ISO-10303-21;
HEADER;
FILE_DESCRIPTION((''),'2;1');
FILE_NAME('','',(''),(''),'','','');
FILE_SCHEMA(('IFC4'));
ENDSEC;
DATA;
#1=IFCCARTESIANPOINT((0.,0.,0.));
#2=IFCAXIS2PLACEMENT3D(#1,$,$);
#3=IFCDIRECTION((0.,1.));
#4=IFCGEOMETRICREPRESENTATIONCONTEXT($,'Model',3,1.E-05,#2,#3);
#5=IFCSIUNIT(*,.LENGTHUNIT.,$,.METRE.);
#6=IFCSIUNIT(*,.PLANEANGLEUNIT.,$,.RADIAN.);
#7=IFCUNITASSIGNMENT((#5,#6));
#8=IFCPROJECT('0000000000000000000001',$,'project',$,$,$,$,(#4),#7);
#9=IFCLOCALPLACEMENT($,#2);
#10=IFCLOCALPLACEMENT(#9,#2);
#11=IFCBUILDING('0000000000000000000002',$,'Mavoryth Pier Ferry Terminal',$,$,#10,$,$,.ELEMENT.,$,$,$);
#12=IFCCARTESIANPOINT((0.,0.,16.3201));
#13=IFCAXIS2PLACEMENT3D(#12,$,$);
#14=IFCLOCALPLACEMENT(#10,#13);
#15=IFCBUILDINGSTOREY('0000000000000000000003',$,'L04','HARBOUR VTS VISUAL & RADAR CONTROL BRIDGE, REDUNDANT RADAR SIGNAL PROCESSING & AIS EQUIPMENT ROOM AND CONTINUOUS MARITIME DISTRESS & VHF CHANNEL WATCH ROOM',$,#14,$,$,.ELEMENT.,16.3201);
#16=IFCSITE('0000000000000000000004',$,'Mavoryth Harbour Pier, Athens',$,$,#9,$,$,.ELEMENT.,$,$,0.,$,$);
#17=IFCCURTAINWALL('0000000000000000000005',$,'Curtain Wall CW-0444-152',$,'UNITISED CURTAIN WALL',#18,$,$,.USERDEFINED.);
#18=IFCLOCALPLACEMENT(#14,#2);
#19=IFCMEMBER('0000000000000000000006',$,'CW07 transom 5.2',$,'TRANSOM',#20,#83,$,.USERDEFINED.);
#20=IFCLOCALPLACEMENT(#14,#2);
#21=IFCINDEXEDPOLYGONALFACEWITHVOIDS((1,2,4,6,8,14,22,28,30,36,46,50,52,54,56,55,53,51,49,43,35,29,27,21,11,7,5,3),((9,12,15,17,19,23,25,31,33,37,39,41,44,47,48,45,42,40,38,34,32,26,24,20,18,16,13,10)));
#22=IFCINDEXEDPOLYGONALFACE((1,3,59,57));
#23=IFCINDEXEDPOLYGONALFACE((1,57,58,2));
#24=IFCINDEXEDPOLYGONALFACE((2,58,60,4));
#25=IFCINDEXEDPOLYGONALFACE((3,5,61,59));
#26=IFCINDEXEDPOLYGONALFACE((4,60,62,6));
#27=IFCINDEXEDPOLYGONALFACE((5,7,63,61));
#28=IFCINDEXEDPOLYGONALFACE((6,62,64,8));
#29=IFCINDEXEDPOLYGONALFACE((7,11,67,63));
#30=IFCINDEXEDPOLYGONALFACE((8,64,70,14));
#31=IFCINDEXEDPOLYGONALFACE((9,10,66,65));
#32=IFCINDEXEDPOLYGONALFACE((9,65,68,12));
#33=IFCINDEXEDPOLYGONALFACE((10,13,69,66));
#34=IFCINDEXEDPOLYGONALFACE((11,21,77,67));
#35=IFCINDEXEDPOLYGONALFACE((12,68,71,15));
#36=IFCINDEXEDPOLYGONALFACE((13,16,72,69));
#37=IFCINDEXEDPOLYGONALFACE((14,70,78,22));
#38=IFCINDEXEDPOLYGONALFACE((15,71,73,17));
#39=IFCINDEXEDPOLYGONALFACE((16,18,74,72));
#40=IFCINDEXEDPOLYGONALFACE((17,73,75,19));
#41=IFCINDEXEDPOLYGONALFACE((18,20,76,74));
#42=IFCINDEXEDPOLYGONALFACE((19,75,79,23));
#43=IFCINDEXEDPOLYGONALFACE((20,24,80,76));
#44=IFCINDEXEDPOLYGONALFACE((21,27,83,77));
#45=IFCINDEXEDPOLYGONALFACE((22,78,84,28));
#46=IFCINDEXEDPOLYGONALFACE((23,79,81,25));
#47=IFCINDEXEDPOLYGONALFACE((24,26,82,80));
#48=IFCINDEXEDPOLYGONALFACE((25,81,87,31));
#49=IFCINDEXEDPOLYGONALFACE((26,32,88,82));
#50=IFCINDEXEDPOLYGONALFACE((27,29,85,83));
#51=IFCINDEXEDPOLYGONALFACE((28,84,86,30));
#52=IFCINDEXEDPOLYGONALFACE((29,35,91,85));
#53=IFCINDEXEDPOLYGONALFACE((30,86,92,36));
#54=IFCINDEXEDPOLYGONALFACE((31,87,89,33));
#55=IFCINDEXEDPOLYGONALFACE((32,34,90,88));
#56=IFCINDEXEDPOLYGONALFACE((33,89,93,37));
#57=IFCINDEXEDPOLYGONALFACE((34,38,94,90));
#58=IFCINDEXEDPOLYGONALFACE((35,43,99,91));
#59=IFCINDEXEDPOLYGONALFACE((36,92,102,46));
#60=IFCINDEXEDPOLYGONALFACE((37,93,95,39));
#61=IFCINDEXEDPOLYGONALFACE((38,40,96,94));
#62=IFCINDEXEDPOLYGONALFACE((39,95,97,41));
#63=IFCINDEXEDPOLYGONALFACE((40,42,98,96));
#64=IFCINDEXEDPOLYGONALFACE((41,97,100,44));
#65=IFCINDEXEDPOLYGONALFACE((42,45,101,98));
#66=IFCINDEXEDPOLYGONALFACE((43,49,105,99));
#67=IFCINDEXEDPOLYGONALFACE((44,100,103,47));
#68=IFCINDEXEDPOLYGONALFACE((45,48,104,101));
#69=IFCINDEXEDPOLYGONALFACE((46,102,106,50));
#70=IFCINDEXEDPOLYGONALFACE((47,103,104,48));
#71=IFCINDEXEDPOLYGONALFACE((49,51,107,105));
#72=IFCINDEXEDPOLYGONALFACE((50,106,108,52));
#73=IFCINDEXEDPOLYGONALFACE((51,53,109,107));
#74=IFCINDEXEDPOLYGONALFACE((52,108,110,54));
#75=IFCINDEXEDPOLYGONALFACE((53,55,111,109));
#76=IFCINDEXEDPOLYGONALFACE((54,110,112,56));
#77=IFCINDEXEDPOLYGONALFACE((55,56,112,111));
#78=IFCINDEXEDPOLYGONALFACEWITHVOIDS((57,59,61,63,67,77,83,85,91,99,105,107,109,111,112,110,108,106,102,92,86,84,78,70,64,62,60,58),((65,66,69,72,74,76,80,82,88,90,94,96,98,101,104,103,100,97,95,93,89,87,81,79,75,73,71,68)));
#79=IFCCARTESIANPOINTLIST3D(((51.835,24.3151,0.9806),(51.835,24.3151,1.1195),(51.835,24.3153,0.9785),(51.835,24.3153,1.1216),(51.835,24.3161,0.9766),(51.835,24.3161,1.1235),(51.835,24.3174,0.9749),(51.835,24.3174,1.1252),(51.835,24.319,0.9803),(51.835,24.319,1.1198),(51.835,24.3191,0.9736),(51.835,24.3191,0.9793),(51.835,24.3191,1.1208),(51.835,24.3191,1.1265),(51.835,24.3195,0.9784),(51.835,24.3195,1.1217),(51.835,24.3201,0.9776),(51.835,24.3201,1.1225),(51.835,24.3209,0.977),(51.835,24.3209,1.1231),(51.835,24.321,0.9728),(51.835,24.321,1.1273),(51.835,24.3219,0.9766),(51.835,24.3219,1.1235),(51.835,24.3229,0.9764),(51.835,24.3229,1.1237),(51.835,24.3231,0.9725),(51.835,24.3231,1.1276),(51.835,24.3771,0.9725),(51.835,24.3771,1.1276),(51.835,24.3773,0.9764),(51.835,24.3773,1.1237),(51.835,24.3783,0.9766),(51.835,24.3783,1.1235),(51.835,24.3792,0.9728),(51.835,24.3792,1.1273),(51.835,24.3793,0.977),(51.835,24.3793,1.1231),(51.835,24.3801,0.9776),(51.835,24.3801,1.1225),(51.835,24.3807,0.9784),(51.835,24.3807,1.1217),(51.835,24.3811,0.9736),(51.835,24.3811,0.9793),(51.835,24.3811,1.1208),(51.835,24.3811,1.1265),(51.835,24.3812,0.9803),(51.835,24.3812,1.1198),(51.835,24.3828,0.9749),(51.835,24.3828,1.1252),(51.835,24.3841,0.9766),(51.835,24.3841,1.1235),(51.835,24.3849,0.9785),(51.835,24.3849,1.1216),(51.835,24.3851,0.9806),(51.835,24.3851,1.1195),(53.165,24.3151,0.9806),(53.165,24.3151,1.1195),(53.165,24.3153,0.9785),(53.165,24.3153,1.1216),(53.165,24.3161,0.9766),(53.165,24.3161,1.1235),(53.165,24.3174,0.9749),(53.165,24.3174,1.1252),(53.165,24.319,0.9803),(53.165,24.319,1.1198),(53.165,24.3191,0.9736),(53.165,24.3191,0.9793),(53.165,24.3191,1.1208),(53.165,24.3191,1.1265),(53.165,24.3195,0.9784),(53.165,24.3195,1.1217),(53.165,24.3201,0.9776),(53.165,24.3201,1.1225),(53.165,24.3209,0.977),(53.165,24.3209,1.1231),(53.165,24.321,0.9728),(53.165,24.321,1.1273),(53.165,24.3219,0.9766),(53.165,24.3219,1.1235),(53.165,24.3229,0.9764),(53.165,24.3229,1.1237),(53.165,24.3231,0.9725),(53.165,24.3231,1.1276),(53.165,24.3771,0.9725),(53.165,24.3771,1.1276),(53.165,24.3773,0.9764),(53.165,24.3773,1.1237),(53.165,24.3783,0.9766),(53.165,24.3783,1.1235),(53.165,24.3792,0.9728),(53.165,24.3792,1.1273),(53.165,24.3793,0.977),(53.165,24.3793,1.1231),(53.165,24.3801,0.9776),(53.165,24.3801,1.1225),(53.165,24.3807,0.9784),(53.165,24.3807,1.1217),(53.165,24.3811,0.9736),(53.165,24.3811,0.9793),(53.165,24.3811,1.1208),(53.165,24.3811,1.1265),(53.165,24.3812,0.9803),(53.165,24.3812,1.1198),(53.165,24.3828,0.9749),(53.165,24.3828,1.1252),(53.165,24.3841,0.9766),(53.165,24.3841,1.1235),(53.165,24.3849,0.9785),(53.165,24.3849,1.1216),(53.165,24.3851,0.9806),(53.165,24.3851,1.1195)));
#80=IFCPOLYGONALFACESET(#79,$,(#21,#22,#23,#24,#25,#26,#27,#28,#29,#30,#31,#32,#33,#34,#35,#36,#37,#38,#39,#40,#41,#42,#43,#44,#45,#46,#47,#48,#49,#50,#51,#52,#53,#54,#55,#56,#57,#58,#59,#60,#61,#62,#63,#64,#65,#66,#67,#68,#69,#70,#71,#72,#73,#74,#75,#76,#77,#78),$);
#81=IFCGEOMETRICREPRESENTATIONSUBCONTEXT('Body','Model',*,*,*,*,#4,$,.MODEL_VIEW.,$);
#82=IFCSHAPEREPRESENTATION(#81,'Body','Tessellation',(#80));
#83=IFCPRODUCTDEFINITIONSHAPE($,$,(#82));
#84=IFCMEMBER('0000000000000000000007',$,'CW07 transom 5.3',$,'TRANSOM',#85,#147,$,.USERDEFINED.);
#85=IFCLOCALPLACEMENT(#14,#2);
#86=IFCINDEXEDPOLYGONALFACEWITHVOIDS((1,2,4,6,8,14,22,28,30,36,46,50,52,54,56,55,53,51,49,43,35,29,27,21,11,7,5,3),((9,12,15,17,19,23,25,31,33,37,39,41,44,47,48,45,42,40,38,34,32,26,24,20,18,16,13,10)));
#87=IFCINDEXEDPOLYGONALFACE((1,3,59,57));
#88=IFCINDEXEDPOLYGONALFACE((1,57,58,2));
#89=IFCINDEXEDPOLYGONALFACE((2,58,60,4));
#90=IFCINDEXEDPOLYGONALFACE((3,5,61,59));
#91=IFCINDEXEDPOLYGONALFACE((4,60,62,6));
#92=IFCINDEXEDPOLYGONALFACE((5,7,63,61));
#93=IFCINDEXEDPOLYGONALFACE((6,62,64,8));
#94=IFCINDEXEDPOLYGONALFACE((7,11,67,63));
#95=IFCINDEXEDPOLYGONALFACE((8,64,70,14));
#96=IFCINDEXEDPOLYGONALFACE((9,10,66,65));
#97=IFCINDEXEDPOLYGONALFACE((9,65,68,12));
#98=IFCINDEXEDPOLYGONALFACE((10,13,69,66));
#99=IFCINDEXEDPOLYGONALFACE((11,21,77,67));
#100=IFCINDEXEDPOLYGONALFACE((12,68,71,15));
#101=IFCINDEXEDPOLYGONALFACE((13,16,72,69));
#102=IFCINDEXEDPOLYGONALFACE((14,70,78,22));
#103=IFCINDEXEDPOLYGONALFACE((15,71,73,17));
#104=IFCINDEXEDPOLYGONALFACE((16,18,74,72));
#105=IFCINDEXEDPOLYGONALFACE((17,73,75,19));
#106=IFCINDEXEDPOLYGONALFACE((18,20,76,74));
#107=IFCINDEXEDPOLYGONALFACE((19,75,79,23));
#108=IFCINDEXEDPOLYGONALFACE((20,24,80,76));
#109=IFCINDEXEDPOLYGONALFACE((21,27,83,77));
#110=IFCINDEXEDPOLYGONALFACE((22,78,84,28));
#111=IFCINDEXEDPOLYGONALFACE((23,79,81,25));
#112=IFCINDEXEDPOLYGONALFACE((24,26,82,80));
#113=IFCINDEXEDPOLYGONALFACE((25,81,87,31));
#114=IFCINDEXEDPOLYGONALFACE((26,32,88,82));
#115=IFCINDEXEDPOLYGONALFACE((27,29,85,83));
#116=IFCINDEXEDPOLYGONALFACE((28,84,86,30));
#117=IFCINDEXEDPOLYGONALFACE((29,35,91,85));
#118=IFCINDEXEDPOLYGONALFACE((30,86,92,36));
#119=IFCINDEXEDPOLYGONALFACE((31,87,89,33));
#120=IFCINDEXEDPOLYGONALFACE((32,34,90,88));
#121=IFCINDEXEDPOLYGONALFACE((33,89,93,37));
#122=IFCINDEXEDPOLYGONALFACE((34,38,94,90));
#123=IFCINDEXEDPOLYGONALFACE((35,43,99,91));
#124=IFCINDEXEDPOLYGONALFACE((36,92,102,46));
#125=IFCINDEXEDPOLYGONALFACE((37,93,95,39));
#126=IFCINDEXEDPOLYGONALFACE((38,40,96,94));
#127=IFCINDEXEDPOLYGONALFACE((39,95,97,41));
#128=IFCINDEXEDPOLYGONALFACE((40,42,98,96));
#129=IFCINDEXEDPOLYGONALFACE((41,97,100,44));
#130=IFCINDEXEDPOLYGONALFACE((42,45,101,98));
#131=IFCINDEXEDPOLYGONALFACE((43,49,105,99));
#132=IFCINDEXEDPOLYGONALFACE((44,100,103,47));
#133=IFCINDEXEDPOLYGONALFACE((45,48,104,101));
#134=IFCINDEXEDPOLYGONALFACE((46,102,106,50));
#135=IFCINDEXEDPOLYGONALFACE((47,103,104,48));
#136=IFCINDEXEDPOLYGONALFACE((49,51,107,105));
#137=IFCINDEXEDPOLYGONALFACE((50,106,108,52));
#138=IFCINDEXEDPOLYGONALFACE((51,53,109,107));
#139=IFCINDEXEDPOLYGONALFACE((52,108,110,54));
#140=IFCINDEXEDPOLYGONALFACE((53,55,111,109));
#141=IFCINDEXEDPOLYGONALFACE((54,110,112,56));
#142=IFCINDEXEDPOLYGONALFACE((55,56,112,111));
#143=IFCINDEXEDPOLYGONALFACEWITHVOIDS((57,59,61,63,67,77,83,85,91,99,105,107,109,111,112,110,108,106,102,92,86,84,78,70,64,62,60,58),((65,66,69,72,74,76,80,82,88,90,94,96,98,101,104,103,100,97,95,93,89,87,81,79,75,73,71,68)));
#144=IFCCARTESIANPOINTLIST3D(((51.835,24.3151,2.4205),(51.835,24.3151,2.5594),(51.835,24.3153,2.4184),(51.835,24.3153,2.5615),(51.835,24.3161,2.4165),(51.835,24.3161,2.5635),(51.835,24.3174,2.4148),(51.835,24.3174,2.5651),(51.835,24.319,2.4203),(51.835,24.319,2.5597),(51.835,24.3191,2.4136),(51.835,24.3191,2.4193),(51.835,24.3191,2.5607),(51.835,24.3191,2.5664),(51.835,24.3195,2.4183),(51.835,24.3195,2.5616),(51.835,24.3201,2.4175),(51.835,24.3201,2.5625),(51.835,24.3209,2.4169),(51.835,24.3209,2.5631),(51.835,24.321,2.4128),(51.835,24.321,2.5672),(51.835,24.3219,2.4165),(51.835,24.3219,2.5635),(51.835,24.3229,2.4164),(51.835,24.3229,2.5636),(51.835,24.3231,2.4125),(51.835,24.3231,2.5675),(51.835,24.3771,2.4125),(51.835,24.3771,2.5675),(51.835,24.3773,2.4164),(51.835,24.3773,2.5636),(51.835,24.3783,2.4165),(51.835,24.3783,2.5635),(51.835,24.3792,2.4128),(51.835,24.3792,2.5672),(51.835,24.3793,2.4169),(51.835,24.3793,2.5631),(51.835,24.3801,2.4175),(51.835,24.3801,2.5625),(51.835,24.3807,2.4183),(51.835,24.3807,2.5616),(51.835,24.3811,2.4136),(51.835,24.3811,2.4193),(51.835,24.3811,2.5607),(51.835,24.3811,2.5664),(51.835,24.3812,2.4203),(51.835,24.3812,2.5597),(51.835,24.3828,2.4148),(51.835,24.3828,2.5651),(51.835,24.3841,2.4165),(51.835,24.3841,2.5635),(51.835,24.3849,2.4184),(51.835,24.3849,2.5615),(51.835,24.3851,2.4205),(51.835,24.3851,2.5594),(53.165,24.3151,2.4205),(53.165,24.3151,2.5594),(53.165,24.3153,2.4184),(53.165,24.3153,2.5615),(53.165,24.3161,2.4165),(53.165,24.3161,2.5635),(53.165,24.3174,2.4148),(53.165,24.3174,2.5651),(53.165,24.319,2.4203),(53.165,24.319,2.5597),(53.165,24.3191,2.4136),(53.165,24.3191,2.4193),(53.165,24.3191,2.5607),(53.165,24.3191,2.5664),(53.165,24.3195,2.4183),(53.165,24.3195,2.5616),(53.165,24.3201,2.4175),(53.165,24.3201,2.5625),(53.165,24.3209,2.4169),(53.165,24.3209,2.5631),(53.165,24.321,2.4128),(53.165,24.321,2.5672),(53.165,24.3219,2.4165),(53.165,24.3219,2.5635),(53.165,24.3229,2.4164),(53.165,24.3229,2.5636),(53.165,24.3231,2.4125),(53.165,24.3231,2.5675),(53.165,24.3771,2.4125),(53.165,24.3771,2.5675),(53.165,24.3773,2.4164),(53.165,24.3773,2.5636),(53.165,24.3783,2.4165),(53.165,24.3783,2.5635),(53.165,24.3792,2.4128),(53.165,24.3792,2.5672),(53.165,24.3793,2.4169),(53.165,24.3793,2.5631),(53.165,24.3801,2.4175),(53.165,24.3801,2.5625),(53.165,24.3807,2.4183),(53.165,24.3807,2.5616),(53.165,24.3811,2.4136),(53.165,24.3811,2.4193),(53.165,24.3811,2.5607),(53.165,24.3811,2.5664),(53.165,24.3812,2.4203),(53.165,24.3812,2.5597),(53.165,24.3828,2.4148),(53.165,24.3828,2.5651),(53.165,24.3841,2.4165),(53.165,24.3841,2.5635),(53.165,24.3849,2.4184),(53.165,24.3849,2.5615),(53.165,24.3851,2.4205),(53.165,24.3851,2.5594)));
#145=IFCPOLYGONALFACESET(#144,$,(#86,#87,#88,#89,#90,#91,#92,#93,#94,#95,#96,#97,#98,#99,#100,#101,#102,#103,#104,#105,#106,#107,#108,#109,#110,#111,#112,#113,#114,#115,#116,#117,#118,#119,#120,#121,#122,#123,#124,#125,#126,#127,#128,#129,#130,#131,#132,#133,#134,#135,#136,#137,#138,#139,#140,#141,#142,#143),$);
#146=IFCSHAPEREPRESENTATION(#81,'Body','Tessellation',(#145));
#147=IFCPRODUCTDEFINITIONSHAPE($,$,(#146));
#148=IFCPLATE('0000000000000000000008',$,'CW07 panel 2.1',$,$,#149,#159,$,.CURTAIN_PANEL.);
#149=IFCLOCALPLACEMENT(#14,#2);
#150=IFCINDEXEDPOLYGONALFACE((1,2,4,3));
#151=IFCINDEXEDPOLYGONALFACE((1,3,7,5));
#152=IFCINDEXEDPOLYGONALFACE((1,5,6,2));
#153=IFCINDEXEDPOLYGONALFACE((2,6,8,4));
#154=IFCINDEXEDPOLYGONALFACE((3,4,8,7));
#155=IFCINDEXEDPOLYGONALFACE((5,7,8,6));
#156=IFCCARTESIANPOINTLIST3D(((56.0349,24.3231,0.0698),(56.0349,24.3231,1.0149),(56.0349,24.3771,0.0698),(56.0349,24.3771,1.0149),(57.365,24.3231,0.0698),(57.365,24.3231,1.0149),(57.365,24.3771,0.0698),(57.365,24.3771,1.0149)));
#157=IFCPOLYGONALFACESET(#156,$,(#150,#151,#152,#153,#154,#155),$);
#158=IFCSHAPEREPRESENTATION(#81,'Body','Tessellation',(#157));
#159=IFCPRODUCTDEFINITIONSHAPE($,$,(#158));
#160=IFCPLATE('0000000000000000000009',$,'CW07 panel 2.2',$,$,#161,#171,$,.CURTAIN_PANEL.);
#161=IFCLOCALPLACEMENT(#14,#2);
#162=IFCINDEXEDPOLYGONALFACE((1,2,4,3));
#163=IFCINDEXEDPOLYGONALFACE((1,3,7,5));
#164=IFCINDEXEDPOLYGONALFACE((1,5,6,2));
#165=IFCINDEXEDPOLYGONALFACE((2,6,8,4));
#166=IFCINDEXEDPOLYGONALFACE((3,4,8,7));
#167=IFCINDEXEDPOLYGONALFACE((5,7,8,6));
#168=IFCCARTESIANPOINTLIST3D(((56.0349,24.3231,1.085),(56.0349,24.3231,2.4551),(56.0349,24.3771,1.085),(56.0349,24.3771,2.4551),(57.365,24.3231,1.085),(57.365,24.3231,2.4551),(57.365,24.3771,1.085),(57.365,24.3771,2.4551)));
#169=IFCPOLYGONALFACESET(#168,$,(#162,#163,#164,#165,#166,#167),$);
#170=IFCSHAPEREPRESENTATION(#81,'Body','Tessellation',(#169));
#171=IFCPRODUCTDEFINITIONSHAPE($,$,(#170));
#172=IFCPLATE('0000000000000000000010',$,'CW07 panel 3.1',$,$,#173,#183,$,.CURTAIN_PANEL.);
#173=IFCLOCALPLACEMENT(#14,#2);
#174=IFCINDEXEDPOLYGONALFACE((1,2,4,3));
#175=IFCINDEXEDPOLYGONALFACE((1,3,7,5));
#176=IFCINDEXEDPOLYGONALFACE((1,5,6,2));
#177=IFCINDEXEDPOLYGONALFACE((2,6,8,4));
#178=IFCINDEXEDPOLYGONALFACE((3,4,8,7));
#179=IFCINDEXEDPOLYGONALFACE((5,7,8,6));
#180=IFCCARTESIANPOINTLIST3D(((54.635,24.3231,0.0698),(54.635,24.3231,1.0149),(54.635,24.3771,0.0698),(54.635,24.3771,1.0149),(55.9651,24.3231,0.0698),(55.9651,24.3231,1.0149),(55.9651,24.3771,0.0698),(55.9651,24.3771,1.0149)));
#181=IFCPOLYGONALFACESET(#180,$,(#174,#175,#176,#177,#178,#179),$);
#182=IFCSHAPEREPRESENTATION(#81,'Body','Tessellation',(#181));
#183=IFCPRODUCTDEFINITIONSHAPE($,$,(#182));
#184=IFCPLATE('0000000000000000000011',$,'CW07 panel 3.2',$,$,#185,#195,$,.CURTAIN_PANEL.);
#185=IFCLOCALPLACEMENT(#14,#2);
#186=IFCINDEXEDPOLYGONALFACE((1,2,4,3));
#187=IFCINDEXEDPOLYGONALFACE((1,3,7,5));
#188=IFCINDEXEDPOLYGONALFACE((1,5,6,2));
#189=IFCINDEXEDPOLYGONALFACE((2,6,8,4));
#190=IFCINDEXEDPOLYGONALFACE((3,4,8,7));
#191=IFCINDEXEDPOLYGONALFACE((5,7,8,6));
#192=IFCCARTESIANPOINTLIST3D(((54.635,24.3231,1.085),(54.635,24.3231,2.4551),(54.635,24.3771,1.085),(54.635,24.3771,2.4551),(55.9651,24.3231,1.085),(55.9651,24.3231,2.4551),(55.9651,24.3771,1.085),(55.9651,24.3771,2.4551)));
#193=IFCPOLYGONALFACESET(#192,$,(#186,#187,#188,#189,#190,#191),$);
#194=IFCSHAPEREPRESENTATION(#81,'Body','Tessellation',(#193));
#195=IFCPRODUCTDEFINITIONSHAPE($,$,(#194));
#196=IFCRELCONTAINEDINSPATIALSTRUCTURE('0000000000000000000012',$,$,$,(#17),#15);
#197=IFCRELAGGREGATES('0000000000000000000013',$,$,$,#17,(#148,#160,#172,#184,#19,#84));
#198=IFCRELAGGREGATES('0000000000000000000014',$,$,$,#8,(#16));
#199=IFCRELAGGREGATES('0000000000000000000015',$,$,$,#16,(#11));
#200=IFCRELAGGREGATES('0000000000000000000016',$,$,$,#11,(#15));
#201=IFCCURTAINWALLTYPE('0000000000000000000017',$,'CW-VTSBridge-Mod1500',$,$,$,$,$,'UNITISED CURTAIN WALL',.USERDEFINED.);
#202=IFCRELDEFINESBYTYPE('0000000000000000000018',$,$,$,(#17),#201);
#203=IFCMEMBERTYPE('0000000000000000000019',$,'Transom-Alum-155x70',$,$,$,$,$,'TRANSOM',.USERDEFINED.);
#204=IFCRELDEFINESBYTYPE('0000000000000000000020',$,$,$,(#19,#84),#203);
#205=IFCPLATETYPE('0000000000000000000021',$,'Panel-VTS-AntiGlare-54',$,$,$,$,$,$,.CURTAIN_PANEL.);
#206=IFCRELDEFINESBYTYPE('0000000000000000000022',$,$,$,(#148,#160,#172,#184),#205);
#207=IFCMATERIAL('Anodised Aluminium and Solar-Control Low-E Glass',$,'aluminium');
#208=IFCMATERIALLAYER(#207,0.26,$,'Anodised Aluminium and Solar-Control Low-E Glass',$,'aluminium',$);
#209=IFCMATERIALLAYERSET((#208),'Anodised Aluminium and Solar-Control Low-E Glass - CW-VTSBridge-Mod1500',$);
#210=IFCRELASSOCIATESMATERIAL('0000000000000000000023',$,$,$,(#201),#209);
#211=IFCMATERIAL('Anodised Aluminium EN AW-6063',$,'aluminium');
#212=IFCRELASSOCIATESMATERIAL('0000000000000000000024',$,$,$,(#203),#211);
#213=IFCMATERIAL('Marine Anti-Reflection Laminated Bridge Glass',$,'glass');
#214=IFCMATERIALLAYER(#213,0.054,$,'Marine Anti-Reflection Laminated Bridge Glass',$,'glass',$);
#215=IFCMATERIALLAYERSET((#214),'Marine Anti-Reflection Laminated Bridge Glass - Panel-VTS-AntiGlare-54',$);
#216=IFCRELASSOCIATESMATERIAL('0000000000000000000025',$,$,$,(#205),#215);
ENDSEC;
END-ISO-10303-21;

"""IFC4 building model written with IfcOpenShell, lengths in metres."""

from ifc_helpers import new_model, si_unit, direction, frame, origin, origin_2d, place, context, subcontext, project, spatial, rectangle, hollow_rectangle, extrude, material, layer, layer_set, material_profile, profile_set, type_object, element, aggregate, save


model = new_model("IFC4")

# Units and contexts
model_context = context("Model", 3, precision=1e-05, world=origin(), true_north=direction((0.0, 1.0)))
body_context = subcontext(model_context, "Body", "Model", "MODEL_VIEW")
ifc_project = project(units=[si_unit("LENGTHUNIT", "METRE"), si_unit("PLANEANGLEUNIT", "RADIAN")], contexts=[model_context])

# Site, building, storey
site_placement = place(None, origin())
site = spatial("IfcSite", under=ifc_project, at=site_placement, Name="Mavoryth Harbour Pier, Athens", CompositionType="ELEMENT", RefElevation=0.0)
building_placement = place(site_placement, origin())
building = spatial("IfcBuilding", under=site, at=building_placement, Name="Mavoryth Pier Ferry Terminal", CompositionType="ELEMENT")
storey_placement = place(building_placement, frame((0.0, 0.0, 16.3201)))
storey = spatial("IfcBuildingStorey", under=building, at=storey_placement, Name="L04", Description="HARBOUR VTS VISUAL & RADAR CONTROL BRIDGE, REDUNDANT RADAR SIGNAL PROCESSING & AIS EQUIPMENT ROOM AND CONTINUOUS MARITIME DISTRESS & VHF CHANNEL WATCH ROOM", CompositionType="ELEMENT", Elevation=16.3201)

# Curtain wall
ifc_material_1 = material(Name="Anodised Aluminium and Solar-Control Low-E Glass", Category="aluminium")
ifc_layer_1 = layer(ifc_material_1, 0.26, Name="Anodised Aluminium and Solar-Control Low-E Glass", Category="aluminium")
ifc_layer_set_1 = layer_set([ifc_layer_1], Name="Anodised Aluminium and Solar-Control Low-E Glass - CW-VTSBridge-Mod1500")
curtain_wall_type = type_object("IfcCurtainWallType", Name="CW-VTSBridge-Mod1500", ElementType="UNITISED CURTAIN WALL", PredefinedType="USERDEFINED", material=ifc_layer_set_1)
curtain_wall_placement = place(storey_placement, origin())
curtain_wall = element("IfcCurtainWall", 1, at=curtain_wall_placement, inside=storey, type_object=curtain_wall_type, Name="Curtain Wall CW-0444-152", ObjectType="UNITISED CURTAIN WALL", PredefinedType="USERDEFINED")
ifc_material_2 = material(Name="Anodised Aluminium EN AW-6063", Category="aluminium")

# Members
ifc_material_profile_1 = material_profile(ifc_material_2, hollow_rectangle(XDim=0.0701, YDim=0.155, WallThickness=0.0039, InnerFilletRadius=0.0039, OuterFilletRadius=0.0081, at=origin_2d()), Name="AL-TRAN 155x70x4", Category="aluminium")
ifc_profile_set_1 = profile_set([ifc_material_profile_1], Name="Anodised Aluminium EN AW-6063 - AL-TRAN 155x70x4")
member_type_1 = type_object("IfcMemberType", Name="Transom-Alum-155x70", ElementType="TRANSOM", PredefinedType="USERDEFINED", material=ifc_profile_set_1)
member_1_placement = place(storey_placement, frame((53.165, 24.3501, 1.05), z_axis=(-1.0, 0.0, 0.0), x_axis=(0.0, -1.0, 0.0)))
member_1 = element("IfcMember", 2, at=member_1_placement, type_object=member_type_1, Name="CW07 transom 5.2", ObjectType="TRANSOM", PredefinedType="USERDEFINED", context=body_context, shape_type="SweptSolid", body=[
    extrude(hollow_rectangle(XDim=0.0701, YDim=0.155, WallThickness=0.0039, InnerFilletRadius=0.0039, OuterFilletRadius=0.0081, at=origin_2d()), origin(), (0.0, 0.0, 1.0), 1.3301),
])
member_2_placement = place(storey_placement, frame((53.165, 24.3501, 2.49), z_axis=(-1.0, 0.0, 0.0), x_axis=(0.0, -1.0, 0.0)))
member_2 = element("IfcMember", 3, at=member_2_placement, type_object=member_type_1, Name="CW07 transom 5.3", ObjectType="TRANSOM", PredefinedType="USERDEFINED", context=body_context, shape_type="SweptSolid", body=[
    extrude(hollow_rectangle(XDim=0.0701, YDim=0.155, WallThickness=0.0039, InnerFilletRadius=0.0039, OuterFilletRadius=0.0081, at=origin_2d()), origin(), (0.0, 0.0, 1.0), 1.3301),
])

# Plates
ifc_material_3 = material(Name="Marine Anti-Reflection Laminated Bridge Glass", Category="glass")
ifc_layer_2 = layer(ifc_material_3, 0.054, Name="Marine Anti-Reflection Laminated Bridge Glass", Category="glass")
ifc_layer_set_2 = layer_set([ifc_layer_2], Name="Marine Anti-Reflection Laminated Bridge Glass - Panel-VTS-AntiGlare-54")
plate_type = type_object("IfcPlateType", Name="Panel-VTS-AntiGlare-54", PredefinedType="CURTAIN_PANEL", material=ifc_layer_set_2)
plate_1_placement = place(storey_placement, frame((56.7, 24.3501, 0.0698), z_axis=(0.0, 0.0, 1.0), x_axis=(-1.0, 0.0, 0.0)))
plate_1 = element("IfcPlate", 4, at=plate_1_placement, type_object=plate_type, Name="CW07 panel 2.1", PredefinedType="CURTAIN_PANEL", context=body_context, shape_type="SweptSolid", body=[
    extrude(rectangle(XDim=1.3301, YDim=0.054, at=origin_2d()), origin(), (0.0, 0.0, 1.0), 0.9451),
])
plate_2_placement = place(storey_placement, frame((56.7, 24.3501, 1.085), z_axis=(0.0, 0.0, 1.0), x_axis=(-1.0, 0.0, 0.0)))
plate_2 = element("IfcPlate", 5, at=plate_2_placement, type_object=plate_type, Name="CW07 panel 2.2", PredefinedType="CURTAIN_PANEL", context=body_context, shape_type="SweptSolid", body=[
    extrude(rectangle(XDim=1.3301, YDim=0.054, at=origin_2d()), origin(), (0.0, 0.0, 1.0), 1.3701),
])
plate_3_placement = place(storey_placement, frame((55.3, 24.3501, 0.0698), z_axis=(0.0, 0.0, 1.0), x_axis=(-1.0, 0.0, 0.0)))
plate_3 = element("IfcPlate", 6, at=plate_3_placement, type_object=plate_type, Name="CW07 panel 3.1", PredefinedType="CURTAIN_PANEL", context=body_context, shape_type="SweptSolid", body=[
    extrude(rectangle(XDim=1.3301, YDim=0.054, at=origin_2d()), origin(), (0.0, 0.0, 1.0), 0.9451),
])
plate_4_placement = place(storey_placement, frame((55.3, 24.3501, 1.085), z_axis=(0.0, 0.0, 1.0), x_axis=(-1.0, 0.0, 0.0)))
plate_4 = element("IfcPlate", 7, at=plate_4_placement, type_object=plate_type, Name="CW07 panel 3.2", PredefinedType="CURTAIN_PANEL", context=body_context, shape_type="SweptSolid", body=[
    extrude(rectangle(XDim=1.3301, YDim=0.054, at=origin_2d()), origin(), (0.0, 0.0, 1.0), 1.3701),
])
aggregate(curtain_wall, [plate_1, plate_2, plate_3, plate_4, member_1, member_2])

save(model, "model.ifc")
